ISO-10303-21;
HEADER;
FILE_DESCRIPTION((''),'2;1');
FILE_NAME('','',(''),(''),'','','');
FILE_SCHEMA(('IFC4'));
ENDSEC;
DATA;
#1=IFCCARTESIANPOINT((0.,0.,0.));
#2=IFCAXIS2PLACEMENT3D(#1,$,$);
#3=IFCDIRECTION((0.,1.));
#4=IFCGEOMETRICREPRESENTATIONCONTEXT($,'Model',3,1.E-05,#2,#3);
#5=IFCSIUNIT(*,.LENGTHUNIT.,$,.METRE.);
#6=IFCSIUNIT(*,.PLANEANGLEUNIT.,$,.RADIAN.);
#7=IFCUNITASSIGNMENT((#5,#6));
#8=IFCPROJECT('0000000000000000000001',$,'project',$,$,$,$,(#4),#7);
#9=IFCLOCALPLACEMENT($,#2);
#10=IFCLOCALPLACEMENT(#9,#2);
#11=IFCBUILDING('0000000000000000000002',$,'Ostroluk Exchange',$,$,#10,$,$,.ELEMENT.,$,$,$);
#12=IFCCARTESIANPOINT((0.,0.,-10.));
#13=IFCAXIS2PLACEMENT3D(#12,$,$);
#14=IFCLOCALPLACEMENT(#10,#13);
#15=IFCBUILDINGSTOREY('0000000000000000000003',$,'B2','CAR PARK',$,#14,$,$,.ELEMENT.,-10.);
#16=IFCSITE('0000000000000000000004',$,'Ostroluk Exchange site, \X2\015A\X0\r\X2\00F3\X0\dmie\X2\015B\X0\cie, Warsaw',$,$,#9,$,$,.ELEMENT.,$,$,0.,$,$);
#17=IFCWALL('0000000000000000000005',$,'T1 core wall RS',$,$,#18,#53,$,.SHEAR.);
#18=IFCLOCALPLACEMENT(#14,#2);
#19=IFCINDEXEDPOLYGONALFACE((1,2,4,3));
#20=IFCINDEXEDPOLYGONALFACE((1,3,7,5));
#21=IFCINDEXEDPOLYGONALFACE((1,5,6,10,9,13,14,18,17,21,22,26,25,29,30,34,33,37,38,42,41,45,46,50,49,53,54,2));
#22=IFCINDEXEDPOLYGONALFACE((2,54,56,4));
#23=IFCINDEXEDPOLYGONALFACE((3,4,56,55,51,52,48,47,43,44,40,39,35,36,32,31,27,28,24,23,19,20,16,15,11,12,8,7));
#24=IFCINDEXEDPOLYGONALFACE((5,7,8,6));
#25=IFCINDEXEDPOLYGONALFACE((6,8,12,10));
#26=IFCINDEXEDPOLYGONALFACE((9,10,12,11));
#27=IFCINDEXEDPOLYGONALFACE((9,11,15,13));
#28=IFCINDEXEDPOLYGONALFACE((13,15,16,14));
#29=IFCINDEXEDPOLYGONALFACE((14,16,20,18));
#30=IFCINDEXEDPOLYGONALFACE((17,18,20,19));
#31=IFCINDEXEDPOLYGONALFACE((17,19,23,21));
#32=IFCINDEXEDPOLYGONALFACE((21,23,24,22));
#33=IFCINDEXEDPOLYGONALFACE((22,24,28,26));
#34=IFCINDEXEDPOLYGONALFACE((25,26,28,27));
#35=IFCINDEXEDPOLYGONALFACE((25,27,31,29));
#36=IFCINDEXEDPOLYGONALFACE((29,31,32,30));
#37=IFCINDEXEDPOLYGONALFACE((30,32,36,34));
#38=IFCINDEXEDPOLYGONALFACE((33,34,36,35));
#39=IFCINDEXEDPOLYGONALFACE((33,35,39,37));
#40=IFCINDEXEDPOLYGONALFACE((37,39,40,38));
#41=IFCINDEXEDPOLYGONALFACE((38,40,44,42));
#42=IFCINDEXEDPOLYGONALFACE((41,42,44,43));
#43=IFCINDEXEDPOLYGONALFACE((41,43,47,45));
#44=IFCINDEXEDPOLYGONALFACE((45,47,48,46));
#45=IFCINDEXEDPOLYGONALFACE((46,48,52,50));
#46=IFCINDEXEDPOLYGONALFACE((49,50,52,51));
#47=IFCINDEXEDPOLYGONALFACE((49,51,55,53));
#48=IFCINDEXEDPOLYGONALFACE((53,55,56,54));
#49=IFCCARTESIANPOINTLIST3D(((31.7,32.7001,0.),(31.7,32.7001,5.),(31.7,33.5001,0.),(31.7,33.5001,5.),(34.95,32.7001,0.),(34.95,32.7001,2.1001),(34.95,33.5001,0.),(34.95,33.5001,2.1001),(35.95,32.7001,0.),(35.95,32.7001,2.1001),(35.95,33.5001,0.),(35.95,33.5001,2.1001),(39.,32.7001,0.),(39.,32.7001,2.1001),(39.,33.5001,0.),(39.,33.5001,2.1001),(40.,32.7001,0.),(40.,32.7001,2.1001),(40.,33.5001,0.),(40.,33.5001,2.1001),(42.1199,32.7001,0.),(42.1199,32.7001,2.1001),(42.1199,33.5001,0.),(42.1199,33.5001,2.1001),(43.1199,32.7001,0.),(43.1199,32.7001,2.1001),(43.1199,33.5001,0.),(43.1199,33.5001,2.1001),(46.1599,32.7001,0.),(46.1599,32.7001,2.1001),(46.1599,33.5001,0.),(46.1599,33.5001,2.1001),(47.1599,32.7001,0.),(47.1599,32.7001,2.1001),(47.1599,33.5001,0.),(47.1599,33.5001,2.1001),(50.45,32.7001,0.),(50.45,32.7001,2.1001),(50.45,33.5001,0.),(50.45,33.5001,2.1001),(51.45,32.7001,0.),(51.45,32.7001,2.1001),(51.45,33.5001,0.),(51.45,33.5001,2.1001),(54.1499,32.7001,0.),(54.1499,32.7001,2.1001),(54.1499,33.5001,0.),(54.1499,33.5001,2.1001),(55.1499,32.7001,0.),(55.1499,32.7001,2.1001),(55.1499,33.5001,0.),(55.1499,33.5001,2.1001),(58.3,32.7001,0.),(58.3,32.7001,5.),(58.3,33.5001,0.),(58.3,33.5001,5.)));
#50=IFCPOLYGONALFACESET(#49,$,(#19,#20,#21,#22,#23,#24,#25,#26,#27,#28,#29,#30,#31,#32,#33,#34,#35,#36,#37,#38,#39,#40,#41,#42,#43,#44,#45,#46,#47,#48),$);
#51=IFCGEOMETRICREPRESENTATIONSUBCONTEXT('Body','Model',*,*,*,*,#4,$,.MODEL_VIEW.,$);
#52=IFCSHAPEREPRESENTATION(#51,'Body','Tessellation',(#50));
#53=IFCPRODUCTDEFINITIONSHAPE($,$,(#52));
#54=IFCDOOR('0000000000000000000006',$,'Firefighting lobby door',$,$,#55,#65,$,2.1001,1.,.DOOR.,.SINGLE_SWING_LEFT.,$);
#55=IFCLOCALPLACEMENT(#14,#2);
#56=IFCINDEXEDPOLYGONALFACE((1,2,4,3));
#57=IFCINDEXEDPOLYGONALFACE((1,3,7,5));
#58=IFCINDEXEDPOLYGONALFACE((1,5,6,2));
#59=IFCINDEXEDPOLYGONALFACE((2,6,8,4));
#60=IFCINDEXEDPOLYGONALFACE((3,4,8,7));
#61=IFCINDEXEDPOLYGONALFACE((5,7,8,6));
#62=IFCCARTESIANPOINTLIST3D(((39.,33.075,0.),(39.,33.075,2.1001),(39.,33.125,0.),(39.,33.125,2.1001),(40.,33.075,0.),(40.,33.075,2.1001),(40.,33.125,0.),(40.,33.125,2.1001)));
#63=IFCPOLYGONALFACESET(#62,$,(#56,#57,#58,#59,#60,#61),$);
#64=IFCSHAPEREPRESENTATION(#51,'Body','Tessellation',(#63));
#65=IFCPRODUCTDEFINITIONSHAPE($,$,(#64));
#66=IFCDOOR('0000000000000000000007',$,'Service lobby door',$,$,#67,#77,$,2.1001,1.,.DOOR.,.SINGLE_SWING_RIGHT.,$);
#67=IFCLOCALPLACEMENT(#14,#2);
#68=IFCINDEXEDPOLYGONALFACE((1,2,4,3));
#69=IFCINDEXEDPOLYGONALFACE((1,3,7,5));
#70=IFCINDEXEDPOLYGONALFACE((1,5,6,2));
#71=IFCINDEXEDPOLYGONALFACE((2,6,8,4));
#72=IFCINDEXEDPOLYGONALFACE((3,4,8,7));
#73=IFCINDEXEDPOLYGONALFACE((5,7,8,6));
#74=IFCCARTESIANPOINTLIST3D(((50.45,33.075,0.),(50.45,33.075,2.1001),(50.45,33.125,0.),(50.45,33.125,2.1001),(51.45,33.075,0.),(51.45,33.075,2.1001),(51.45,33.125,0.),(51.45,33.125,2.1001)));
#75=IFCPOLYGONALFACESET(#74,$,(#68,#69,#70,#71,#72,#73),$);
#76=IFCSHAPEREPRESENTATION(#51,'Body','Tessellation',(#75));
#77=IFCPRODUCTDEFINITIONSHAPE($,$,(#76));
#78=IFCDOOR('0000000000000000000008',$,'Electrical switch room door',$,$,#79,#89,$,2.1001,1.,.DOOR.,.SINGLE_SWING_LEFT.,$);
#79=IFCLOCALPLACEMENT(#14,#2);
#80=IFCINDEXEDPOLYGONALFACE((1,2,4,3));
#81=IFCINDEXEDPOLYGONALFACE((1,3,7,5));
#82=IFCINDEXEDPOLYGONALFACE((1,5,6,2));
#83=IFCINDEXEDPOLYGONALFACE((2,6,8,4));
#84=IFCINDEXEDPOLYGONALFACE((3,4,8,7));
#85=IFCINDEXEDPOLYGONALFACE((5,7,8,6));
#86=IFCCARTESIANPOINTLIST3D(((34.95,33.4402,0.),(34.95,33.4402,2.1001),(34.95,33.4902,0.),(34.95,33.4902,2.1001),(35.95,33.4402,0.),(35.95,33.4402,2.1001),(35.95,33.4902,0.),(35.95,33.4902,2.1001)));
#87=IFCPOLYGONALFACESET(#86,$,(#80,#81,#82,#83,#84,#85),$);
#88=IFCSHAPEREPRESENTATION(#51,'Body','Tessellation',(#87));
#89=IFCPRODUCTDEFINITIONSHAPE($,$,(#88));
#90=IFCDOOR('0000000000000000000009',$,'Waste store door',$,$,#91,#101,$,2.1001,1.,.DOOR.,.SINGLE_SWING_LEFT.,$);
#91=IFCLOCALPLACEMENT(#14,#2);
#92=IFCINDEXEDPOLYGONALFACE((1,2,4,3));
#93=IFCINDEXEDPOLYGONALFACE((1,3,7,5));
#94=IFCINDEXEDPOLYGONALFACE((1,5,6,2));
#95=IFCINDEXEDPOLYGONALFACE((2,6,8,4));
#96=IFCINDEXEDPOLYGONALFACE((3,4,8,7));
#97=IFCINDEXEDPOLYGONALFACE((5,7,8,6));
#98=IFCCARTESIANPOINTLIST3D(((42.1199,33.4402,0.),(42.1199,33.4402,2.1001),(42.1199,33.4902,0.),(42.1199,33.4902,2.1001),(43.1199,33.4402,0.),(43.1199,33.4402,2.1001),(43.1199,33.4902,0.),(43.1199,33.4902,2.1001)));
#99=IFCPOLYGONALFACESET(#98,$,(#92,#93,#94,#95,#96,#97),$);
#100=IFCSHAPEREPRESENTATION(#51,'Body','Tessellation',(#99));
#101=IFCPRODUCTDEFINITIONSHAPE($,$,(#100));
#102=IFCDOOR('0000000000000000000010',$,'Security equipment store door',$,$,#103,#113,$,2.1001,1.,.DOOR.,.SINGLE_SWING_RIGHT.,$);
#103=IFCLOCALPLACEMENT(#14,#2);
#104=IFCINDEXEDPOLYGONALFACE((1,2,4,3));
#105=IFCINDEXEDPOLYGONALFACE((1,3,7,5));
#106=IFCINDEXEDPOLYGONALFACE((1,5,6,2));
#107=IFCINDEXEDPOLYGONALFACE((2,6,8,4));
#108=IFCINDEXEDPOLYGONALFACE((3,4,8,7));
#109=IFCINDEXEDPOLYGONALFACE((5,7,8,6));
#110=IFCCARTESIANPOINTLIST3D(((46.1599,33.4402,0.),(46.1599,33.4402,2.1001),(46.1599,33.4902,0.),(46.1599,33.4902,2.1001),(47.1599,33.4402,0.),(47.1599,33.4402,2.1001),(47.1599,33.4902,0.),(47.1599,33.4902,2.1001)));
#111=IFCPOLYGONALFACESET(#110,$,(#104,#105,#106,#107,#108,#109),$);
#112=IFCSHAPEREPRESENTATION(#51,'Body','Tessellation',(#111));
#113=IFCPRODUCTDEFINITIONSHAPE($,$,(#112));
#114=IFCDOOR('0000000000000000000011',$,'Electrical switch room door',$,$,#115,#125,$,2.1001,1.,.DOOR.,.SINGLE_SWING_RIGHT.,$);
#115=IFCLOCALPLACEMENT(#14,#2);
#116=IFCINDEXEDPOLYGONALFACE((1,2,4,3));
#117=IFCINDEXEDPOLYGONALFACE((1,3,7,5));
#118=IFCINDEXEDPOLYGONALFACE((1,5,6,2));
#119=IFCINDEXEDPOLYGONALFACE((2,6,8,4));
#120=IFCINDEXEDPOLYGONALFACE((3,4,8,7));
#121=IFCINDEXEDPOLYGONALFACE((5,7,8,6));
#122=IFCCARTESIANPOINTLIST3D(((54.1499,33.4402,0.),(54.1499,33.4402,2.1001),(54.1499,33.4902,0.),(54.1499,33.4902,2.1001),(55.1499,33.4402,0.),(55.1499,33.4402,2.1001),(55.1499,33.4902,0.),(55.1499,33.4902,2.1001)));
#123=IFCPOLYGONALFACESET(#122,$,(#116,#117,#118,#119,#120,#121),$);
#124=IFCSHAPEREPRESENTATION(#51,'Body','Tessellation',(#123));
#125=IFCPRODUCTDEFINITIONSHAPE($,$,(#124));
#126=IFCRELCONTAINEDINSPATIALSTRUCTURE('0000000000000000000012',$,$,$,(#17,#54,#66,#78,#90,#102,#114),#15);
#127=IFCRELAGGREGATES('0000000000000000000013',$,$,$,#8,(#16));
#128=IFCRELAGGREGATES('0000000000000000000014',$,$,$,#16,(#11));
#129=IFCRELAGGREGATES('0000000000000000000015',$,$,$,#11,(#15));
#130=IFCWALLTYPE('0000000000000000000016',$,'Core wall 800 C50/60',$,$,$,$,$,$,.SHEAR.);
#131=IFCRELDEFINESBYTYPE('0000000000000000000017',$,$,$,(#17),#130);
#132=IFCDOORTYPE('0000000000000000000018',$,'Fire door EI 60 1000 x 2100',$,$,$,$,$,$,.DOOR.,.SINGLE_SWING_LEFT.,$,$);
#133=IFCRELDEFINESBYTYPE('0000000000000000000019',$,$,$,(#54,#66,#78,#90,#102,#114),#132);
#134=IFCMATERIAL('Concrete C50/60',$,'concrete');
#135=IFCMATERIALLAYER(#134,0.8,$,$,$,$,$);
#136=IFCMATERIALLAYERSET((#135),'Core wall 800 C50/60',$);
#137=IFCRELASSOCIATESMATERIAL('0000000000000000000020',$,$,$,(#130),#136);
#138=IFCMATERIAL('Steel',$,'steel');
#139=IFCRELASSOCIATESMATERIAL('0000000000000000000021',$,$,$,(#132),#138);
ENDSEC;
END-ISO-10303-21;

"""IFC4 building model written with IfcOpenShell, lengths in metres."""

from ifc_helpers import new_model, si_unit, direction, frame, frame_2d, origin, place, context, subcontext, project, spatial, rectangle, extrude, material, layer, layer_set, type_object, element, fill, save


model = new_model("IFC4")

# Units and contexts
model_context = context("Model", 3, precision=1e-05, world=origin(), true_north=direction((0.0, 1.0)))
body_context = subcontext(model_context, "Body", "Model", "MODEL_VIEW")
ifc_project = project(units=[si_unit("LENGTHUNIT", "METRE"), si_unit("PLANEANGLEUNIT", "RADIAN")], contexts=[model_context])

# Site, building, storey
site_placement = place(None, origin())
site = spatial("IfcSite", under=ifc_project, at=site_placement, Name="Ostroluk Exchange site, Śródmieście, Warsaw", CompositionType="ELEMENT", RefElevation=0.0)
building_placement = place(site_placement, origin())
building = spatial("IfcBuilding", under=site, at=building_placement, Name="Ostroluk Exchange", CompositionType="ELEMENT")
storey_placement = place(building_placement, frame((0.0, 0.0, -10.0)))
storey = spatial("IfcBuildingStorey", under=building, at=storey_placement, Name="B2", Description="CAR PARK", CompositionType="ELEMENT", Elevation=-10.0)

# Wall, openings, doors
ifc_material_1 = material(Name="Concrete C50/60", Category="concrete")
ifc_layer_1 = layer(ifc_material_1, 0.8)
ifc_layer_set_1 = layer_set([ifc_layer_1], Name="Core wall 800 C50/60")
wall_type_1 = type_object("IfcWallType", Name="Core wall 800 C50/60", PredefinedType="SHEAR", material=ifc_layer_set_1)
wall_1_placement = place(storey_placement, frame((31.7, 33.1001, 0.0), z_axis=(0.0, 0.0, 1.0), x_axis=(1.0, 0.0, 0.0)))
wall_1 = element("IfcWall", 1, at=wall_1_placement, inside=storey, type_object=wall_type_1, Name="T1 core wall RS", PredefinedType="SHEAR", context=body_context, shape_type="SweptSolid", body=[
    extrude(rectangle(XDim=26.6001, YDim=0.8, at=frame_2d((13.3, 0.0))), origin(), (0.0, 0.0, 1.0), 5.0),
])
opening_1_placement = place(wall_1_placement, frame((7.3, 0.0, 0.0)))
opening_1 = element("IfcOpeningElement", 2, at=opening_1_placement, cuts=wall_1, PredefinedType="OPENING", context=body_context, shape_type="SweptSolid", body=[
    extrude(rectangle(XDim=1.0, YDim=2.1001, at=frame_2d((0.5, 1.05))), frame((0.0, 0.4099, 0.0), z_axis=(0.0, -1.0, 0.0), x_axis=(1.0, 0.0, 0.0)), (0.0, 0.0, 1.0), 0.8201),
])
opening_2_placement = place(wall_1_placement, frame((18.75, 0.0, 0.0)))
opening_2 = element("IfcOpeningElement", 3, at=opening_2_placement, cuts=wall_1, PredefinedType="OPENING", context=body_context, shape_type="SweptSolid", body=[
    extrude(rectangle(XDim=1.0, YDim=2.1001, at=frame_2d((0.5, 1.05))), frame((0.0, 0.4099, 0.0), z_axis=(0.0, -1.0, 0.0), x_axis=(1.0, 0.0, 0.0)), (0.0, 0.0, 1.0), 0.8201),
])
opening_3_placement = place(wall_1_placement, frame((3.25, 0.0, 0.0)))
opening_3 = element("IfcOpeningElement", 4, at=opening_3_placement, cuts=wall_1, PredefinedType="OPENING", context=body_context, shape_type="SweptSolid", body=[
    extrude(rectangle(XDim=1.0, YDim=2.1001, at=frame_2d((0.5, 1.05))), frame((0.0, 0.4099, 0.0), z_axis=(0.0, -1.0, 0.0), x_axis=(1.0, 0.0, 0.0)), (0.0, 0.0, 1.0), 0.8201),
])
opening_4_placement = place(wall_1_placement, frame((10.4199, 0.0, 0.0)))
opening_4 = element("IfcOpeningElement", 5, at=opening_4_placement, cuts=wall_1, PredefinedType="OPENING", context=body_context, shape_type="SweptSolid", body=[
    extrude(rectangle(XDim=1.0, YDim=2.1001, at=frame_2d((0.5, 1.05))), frame((0.0, 0.4099, 0.0), z_axis=(0.0, -1.0, 0.0), x_axis=(1.0, 0.0, 0.0)), (0.0, 0.0, 1.0), 0.8201),
])
opening_5_placement = place(wall_1_placement, frame((14.46, 0.0, 0.0)))
opening_5 = element("IfcOpeningElement", 6, at=opening_5_placement, cuts=wall_1, PredefinedType="OPENING", context=body_context, shape_type="SweptSolid", body=[
    extrude(rectangle(XDim=1.0, YDim=2.1001, at=frame_2d((0.5, 1.05))), frame((0.0, 0.4099, 0.0), z_axis=(0.0, -1.0, 0.0), x_axis=(1.0, 0.0, 0.0)), (0.0, 0.0, 1.0), 0.8201),
])
opening_6_placement = place(wall_1_placement, frame((22.45, 0.0, 0.0)))
opening_6 = element("IfcOpeningElement", 7, at=opening_6_placement, cuts=wall_1, PredefinedType="OPENING", context=body_context, shape_type="SweptSolid", body=[
    extrude(rectangle(XDim=1.0, YDim=2.1001, at=frame_2d((0.5, 1.05))), frame((0.0, 0.4099, 0.0), z_axis=(0.0, -1.0, 0.0), x_axis=(1.0, 0.0, 0.0)), (0.0, 0.0, 1.0), 0.8201),
])
ifc_material_2 = material(Name="Steel", Category="steel")
door_type_1 = type_object("IfcDoorType", Name="Fire door EI 60 1000 x 2100", OperationType="SINGLE_SWING_LEFT", PredefinedType="DOOR", material=ifc_material_2)
door_1_placement = place(opening_1_placement, origin())
door_1 = element("IfcDoor", 8, at=door_1_placement, inside=storey, type_object=door_type_1, Name="Firefighting lobby door", OperationType="SINGLE_SWING_LEFT", OverallHeight=2.1001, OverallWidth=1.0, PredefinedType="DOOR", context=body_context, shape_type="SweptSolid", body=[
    extrude(rectangle(XDim=1.0, YDim=2.1001, at=frame_2d((0.5, 1.05))), frame((0.0, 0.0249, 0.0), z_axis=(0.0, -1.0, 0.0), x_axis=(1.0, 0.0, 0.0)), (0.0, 0.0, 1.0), 0.05),
])
fill(opening_1, door_1)
door_2_placement = place(opening_2_placement, origin())
door_2 = element("IfcDoor", 9, at=door_2_placement, inside=storey, type_object=door_type_1, Name="Service lobby door", OperationType="SINGLE_SWING_RIGHT", OverallHeight=2.1001, OverallWidth=1.0, PredefinedType="DOOR", context=body_context, shape_type="SweptSolid", body=[
    extrude(rectangle(XDim=1.0, YDim=2.1001, at=frame_2d((0.5, 1.05))), frame((0.0, 0.0249, 0.0), z_axis=(0.0, -1.0, 0.0), x_axis=(1.0, 0.0, 0.0)), (0.0, 0.0, 1.0), 0.05),
])
fill(opening_2, door_2)
door_3_placement = place(opening_3_placement, origin())
door_3 = element("IfcDoor", 10, at=door_3_placement, inside=storey, type_object=door_type_1, Name="Electrical switch room door", OperationType="SINGLE_SWING_LEFT", OverallHeight=2.1001, OverallWidth=1.0, PredefinedType="DOOR", context=body_context, shape_type="SweptSolid", body=[
    extrude(rectangle(XDim=1.0, YDim=2.1001, at=frame_2d((0.5, 1.05))), frame((0.0, 0.3901, 0.0), z_axis=(0.0, -1.0, 0.0), x_axis=(1.0, 0.0, 0.0)), (0.0, 0.0, 1.0), 0.05),
])
fill(opening_3, door_3)
door_4_placement = place(opening_4_placement, origin())
door_4 = element("IfcDoor", 11, at=door_4_placement, inside=storey, type_object=door_type_1, Name="Waste store door", OperationType="SINGLE_SWING_LEFT", OverallHeight=2.1001, OverallWidth=1.0, PredefinedType="DOOR", context=body_context, shape_type="SweptSolid", body=[
    extrude(rectangle(XDim=1.0, YDim=2.1001, at=frame_2d((0.5, 1.05))), frame((0.0, 0.3901, 0.0), z_axis=(0.0, -1.0, 0.0), x_axis=(1.0, 0.0, 0.0)), (0.0, 0.0, 1.0), 0.05),
])
fill(opening_4, door_4)
door_5_placement = place(opening_5_placement, origin())
door_5 = element("IfcDoor", 12, at=door_5_placement, inside=storey, type_object=door_type_1, Name="Security equipment store door", OperationType="SINGLE_SWING_RIGHT", OverallHeight=2.1001, OverallWidth=1.0, PredefinedType="DOOR", context=body_context, shape_type="SweptSolid", body=[
    extrude(rectangle(XDim=1.0, YDim=2.1001, at=frame_2d((0.5, 1.05))), frame((0.0, 0.3901, 0.0), z_axis=(0.0, -1.0, 0.0), x_axis=(1.0, 0.0, 0.0)), (0.0, 0.0, 1.0), 0.05),
])
fill(opening_5, door_5)
door_6_placement = place(opening_6_placement, origin())
door_6 = element("IfcDoor", 13, at=door_6_placement, inside=storey, type_object=door_type_1, Name="Electrical switch room door", OperationType="SINGLE_SWING_RIGHT", OverallHeight=2.1001, OverallWidth=1.0, PredefinedType="DOOR", context=body_context, shape_type="SweptSolid", body=[
    extrude(rectangle(XDim=1.0, YDim=2.1001, at=frame_2d((0.5, 1.05))), frame((0.0, 0.3901, 0.0), z_axis=(0.0, -1.0, 0.0), x_axis=(1.0, 0.0, 0.0)), (0.0, 0.0, 1.0), 0.05),
])
fill(opening_6, door_6)

save(model, "model.ifc")
